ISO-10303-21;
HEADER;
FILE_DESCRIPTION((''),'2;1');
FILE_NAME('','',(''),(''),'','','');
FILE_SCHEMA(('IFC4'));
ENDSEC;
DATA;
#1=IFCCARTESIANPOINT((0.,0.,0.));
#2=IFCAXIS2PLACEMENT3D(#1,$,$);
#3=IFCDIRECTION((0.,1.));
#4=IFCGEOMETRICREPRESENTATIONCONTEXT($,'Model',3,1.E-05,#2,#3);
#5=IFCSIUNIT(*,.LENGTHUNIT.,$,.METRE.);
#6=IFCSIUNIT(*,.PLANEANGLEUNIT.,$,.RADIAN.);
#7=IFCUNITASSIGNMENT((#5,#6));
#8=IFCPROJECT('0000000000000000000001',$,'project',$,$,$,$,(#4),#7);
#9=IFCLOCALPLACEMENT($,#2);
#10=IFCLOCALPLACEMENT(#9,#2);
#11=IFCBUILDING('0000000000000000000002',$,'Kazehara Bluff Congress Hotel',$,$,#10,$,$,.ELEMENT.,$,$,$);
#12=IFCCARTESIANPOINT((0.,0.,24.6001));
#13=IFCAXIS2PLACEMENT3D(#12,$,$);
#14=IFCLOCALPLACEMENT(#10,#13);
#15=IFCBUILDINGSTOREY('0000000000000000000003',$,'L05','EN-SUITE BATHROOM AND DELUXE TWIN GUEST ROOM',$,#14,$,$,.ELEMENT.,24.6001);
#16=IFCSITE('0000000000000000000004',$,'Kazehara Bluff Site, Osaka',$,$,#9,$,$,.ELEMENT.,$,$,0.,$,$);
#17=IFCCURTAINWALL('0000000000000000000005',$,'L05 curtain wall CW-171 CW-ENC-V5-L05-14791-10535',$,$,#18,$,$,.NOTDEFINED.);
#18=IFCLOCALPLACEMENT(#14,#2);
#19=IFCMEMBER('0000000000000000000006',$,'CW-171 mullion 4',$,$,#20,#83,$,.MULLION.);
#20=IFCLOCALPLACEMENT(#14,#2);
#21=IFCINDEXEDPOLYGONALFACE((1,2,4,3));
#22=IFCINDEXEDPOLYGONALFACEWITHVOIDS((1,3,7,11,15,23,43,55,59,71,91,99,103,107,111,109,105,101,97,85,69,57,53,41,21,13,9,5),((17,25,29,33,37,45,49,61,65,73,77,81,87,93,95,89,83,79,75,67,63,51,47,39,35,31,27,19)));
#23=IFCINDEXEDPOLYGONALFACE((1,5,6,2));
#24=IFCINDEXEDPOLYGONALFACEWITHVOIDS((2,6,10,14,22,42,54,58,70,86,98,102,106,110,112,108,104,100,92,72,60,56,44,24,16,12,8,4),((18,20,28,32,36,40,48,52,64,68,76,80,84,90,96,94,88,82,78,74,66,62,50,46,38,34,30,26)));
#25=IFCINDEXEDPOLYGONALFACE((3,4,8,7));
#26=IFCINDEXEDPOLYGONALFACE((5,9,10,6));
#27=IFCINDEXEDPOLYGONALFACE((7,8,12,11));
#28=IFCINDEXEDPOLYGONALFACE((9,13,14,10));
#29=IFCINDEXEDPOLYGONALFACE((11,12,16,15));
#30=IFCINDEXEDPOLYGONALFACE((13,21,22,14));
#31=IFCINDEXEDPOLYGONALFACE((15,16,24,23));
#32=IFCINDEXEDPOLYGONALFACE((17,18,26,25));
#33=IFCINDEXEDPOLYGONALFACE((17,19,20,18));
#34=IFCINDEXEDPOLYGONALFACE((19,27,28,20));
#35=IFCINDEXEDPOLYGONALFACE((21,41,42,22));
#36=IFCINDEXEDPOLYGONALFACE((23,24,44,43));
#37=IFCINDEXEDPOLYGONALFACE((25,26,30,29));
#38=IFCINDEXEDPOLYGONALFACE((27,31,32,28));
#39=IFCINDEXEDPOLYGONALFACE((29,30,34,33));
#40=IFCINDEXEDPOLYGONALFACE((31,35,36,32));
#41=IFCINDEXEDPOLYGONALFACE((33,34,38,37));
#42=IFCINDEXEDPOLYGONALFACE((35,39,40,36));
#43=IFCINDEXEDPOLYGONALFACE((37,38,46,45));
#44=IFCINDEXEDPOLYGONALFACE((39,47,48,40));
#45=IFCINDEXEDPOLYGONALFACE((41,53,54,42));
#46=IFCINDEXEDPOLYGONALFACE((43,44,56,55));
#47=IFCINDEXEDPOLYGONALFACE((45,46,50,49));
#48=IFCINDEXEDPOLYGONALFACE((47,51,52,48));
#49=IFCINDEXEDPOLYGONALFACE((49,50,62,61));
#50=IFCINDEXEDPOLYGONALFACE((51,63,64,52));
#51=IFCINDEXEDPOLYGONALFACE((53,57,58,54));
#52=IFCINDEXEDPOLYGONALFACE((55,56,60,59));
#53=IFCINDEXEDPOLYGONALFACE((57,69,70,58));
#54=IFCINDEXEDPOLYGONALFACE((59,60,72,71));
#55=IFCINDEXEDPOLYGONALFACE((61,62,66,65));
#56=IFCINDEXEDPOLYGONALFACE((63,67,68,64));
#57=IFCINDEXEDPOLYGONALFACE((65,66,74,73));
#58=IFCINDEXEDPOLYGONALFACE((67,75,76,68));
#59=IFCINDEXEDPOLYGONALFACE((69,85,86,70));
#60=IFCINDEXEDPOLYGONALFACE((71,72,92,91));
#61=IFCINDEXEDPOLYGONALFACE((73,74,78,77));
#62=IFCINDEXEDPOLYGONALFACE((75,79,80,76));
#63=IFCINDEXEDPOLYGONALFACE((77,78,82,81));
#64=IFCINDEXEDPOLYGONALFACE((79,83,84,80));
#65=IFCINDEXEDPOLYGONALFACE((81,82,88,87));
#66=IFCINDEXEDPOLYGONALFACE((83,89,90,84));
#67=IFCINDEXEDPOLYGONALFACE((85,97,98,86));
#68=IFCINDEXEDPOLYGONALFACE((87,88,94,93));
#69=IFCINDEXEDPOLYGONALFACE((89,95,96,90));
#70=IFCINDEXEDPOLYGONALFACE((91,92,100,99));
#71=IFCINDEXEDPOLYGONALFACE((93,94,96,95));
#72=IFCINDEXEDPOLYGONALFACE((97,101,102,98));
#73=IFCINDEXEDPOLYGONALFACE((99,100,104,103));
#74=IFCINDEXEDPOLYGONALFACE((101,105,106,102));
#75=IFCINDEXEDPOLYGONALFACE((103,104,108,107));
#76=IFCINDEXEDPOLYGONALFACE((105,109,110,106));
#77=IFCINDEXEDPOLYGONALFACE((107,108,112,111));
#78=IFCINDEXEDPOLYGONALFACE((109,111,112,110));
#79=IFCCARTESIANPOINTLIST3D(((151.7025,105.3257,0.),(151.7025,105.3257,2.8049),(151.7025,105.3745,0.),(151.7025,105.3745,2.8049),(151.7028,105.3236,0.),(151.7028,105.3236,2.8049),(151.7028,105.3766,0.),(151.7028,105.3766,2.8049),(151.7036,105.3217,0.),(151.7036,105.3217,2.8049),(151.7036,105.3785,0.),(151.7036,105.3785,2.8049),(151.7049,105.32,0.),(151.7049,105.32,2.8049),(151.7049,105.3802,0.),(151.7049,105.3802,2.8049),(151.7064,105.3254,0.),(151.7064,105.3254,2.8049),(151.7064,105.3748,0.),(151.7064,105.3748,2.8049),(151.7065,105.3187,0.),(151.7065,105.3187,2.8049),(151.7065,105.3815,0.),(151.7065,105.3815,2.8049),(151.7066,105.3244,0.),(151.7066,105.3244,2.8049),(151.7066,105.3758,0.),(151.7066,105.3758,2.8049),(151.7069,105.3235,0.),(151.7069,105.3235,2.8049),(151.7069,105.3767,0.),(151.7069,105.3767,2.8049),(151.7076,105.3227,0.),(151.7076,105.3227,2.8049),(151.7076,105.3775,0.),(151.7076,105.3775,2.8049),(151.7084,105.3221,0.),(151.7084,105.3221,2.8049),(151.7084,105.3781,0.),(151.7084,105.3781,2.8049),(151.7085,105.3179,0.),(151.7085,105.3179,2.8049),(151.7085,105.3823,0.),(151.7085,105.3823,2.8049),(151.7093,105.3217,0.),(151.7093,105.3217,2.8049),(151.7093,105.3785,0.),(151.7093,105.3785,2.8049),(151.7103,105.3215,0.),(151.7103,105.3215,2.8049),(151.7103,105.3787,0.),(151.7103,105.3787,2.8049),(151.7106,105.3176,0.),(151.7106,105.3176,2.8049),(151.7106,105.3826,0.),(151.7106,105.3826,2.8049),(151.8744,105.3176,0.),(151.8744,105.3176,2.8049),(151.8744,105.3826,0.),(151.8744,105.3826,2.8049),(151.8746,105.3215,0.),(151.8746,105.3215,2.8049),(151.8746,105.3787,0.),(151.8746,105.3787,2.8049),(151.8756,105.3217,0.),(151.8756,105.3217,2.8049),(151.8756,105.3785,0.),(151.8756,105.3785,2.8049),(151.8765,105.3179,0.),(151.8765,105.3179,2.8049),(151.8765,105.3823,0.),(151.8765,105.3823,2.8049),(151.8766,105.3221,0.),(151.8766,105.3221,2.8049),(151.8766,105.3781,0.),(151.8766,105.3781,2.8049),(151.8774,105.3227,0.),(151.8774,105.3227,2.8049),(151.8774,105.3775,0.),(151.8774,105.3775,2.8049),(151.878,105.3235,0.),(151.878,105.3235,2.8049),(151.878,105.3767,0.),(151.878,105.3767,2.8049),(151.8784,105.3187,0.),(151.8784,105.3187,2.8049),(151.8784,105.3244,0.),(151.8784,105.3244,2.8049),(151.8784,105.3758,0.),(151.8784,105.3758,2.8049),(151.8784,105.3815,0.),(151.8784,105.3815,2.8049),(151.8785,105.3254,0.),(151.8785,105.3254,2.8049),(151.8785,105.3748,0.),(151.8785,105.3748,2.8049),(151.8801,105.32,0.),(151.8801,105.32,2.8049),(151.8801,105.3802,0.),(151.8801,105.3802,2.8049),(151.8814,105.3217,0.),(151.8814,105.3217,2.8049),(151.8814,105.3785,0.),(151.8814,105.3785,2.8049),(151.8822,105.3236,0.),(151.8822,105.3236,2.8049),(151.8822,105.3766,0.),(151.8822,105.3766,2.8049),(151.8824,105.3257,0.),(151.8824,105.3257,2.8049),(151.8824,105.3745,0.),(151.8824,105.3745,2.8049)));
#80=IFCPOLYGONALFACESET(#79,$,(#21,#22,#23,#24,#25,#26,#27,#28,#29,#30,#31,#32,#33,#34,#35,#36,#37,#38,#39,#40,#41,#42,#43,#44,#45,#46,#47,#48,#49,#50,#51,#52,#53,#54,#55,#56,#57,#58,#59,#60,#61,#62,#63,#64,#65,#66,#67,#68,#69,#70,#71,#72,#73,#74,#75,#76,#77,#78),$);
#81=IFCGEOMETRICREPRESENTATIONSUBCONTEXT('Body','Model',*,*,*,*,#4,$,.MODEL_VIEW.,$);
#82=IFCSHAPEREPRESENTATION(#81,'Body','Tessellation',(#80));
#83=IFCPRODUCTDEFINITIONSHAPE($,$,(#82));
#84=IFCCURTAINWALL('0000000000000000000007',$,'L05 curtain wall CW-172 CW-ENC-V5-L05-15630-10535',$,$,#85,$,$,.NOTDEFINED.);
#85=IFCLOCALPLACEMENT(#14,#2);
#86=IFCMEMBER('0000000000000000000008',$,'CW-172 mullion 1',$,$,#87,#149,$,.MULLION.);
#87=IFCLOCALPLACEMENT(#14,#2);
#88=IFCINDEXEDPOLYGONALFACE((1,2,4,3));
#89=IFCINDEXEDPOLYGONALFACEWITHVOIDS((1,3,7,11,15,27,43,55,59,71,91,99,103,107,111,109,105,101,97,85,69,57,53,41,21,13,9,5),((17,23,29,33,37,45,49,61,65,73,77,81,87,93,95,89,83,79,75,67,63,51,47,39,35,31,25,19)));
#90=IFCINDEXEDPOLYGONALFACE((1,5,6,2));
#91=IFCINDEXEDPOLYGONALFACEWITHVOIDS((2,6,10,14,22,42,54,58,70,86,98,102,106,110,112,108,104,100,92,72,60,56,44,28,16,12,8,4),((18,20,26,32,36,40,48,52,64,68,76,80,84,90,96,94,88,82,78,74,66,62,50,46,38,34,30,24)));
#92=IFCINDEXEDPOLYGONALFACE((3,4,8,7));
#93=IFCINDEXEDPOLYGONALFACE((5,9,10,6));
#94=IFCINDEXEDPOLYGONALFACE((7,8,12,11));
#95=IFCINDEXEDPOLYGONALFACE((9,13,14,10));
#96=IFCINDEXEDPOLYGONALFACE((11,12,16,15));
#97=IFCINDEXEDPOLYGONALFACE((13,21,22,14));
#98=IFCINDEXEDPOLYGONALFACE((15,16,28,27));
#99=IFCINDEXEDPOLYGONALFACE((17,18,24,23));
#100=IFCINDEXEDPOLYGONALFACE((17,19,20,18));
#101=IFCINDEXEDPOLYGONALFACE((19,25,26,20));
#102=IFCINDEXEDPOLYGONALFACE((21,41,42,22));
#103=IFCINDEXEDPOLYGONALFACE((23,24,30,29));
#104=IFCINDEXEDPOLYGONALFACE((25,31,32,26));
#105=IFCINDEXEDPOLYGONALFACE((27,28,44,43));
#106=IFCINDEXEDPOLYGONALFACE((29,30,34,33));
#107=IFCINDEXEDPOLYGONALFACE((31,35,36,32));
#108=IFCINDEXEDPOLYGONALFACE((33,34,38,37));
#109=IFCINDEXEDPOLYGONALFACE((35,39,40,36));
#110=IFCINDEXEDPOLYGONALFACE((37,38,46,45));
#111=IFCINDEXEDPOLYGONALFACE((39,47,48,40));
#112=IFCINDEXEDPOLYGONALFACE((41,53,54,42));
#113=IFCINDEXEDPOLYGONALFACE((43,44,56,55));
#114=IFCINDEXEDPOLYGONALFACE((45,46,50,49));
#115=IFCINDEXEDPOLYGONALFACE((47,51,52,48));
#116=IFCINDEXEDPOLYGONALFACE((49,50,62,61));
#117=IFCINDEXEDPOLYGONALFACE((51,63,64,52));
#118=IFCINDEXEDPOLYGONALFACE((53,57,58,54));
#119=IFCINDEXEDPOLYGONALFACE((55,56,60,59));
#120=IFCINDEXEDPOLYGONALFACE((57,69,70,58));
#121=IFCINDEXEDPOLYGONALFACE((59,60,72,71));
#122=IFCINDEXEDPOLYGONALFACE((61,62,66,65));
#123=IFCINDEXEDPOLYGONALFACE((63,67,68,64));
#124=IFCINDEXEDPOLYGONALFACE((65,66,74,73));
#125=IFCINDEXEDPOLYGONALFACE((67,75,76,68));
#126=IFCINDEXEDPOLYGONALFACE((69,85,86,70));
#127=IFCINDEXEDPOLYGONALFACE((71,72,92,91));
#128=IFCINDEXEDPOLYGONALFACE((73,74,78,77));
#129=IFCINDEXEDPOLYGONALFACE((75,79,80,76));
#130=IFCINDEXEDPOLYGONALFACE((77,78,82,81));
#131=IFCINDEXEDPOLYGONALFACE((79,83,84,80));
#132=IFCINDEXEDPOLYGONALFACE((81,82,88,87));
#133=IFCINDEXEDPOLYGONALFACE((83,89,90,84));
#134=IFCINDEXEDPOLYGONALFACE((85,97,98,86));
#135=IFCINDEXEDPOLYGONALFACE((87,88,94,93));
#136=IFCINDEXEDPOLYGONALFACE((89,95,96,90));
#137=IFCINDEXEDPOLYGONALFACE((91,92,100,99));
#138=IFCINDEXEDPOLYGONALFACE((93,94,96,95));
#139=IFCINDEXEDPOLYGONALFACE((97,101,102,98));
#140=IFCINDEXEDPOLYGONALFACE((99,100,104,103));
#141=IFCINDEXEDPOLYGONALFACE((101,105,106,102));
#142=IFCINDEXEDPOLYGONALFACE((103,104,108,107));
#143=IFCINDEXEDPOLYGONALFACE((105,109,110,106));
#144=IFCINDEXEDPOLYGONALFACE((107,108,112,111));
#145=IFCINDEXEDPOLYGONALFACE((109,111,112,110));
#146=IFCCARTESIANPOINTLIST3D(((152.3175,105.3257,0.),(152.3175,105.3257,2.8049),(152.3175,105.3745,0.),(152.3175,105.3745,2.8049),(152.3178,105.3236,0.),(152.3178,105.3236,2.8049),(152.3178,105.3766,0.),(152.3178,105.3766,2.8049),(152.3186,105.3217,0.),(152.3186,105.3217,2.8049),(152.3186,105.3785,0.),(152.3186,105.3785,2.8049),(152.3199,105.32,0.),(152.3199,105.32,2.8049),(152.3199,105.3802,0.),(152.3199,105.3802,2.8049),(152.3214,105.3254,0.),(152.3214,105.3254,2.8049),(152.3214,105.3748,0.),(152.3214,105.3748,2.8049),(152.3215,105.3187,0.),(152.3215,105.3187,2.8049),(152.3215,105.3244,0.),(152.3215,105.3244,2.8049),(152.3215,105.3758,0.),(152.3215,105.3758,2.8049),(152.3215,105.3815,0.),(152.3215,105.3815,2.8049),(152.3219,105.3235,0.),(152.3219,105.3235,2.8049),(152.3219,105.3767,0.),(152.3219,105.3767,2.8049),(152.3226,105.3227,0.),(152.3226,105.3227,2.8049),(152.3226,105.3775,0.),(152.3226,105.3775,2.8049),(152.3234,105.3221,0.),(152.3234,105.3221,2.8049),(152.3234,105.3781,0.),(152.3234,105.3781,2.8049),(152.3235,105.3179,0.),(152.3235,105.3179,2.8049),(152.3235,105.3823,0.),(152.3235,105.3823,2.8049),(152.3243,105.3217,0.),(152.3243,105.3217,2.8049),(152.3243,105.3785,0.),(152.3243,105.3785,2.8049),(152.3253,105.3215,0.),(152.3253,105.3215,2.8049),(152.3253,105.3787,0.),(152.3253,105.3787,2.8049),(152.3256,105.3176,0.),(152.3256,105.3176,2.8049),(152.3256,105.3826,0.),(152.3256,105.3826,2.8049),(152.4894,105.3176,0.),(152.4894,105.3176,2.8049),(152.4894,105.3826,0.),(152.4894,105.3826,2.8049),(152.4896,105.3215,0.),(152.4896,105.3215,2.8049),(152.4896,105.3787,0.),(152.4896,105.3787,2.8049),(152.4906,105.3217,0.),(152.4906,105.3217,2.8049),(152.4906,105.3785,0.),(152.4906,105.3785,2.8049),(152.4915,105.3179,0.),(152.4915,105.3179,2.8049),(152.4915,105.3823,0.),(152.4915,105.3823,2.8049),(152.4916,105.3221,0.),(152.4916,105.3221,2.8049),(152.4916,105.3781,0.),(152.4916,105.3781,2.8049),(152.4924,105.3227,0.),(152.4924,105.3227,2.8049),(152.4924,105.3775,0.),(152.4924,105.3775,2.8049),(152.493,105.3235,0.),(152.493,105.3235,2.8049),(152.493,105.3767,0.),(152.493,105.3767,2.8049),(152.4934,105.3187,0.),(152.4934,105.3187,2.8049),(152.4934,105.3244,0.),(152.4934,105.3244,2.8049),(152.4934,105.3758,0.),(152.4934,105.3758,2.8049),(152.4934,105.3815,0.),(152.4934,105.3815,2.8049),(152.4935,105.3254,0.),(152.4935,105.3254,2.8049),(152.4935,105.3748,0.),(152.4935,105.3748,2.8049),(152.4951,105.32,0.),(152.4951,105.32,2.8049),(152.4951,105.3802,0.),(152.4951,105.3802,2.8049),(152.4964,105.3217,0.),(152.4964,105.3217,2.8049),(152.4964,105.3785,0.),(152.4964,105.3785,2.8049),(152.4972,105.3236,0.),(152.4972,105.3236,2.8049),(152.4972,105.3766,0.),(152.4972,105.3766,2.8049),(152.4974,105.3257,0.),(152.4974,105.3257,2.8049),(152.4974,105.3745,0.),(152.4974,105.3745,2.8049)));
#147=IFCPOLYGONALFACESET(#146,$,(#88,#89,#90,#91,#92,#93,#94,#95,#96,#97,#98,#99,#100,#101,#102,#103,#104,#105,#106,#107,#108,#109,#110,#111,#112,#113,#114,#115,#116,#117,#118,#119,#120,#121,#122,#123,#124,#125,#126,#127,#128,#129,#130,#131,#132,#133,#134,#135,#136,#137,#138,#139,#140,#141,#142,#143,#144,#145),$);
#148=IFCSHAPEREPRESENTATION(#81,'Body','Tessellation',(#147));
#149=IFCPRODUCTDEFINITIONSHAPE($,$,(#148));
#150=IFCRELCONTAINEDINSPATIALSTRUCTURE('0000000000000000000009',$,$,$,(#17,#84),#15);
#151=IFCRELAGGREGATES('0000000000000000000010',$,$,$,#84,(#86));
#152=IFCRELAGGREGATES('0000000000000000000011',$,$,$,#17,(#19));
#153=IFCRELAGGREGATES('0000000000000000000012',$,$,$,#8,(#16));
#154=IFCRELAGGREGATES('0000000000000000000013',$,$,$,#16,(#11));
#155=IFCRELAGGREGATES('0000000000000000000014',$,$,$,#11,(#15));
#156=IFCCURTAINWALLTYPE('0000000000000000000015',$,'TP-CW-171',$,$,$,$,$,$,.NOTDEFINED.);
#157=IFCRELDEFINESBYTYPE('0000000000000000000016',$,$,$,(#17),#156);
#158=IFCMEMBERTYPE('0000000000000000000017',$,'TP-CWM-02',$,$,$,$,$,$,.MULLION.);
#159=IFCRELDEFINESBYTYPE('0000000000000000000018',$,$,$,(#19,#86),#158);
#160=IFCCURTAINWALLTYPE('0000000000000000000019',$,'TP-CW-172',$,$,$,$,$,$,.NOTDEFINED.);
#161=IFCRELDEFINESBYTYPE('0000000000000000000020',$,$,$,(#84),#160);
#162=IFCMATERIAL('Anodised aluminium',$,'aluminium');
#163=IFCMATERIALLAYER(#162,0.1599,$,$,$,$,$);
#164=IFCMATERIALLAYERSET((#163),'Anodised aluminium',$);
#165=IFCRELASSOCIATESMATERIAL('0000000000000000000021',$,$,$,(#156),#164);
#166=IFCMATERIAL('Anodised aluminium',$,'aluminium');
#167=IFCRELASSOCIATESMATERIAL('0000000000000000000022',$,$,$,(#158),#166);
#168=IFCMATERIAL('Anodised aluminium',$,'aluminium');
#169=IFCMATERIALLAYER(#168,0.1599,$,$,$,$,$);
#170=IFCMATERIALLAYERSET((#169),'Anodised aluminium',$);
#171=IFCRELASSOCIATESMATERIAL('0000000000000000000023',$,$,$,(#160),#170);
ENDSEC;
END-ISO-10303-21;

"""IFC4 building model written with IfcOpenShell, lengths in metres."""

from ifc_helpers import new_model, si_unit, direction, frame, origin, origin_2d, place, context, subcontext, project, spatial, hollow_rectangle, extrude, material, layer, layer_set, material_profile, profile_set, type_object, element, aggregate, save


model = new_model("IFC4")

# Units and contexts
model_context = context("Model", 3, precision=1e-05, world=origin(), true_north=direction((0.0, 1.0)))
body_context = subcontext(model_context, "Body", "Model", "MODEL_VIEW")
ifc_project = project(units=[si_unit("LENGTHUNIT", "METRE"), si_unit("PLANEANGLEUNIT", "RADIAN")], contexts=[model_context])

# Site, building, storey
site_placement = place(None, origin())
site = spatial("IfcSite", under=ifc_project, at=site_placement, Name="Kazehara Bluff Site, Osaka", CompositionType="ELEMENT", RefElevation=0.0)
building_placement = place(site_placement, origin())
building = spatial("IfcBuilding", under=site, at=building_placement, Name="Kazehara Bluff Congress Hotel", CompositionType="ELEMENT")
storey_placement = place(building_placement, frame((0.0, 0.0, 24.6001)))
storey = spatial("IfcBuildingStorey", under=building, at=storey_placement, Name="L05", Description="EN-SUITE BATHROOM AND DELUXE TWIN GUEST ROOM", CompositionType="ELEMENT", Elevation=24.6001)

# Curtain wall, member
ifc_material_1 = material(Name="Anodised aluminium", Category="aluminium")
ifc_layer_1 = layer(ifc_material_1, 0.1599)
ifc_layer_set_1 = layer_set([ifc_layer_1], Name="Anodised aluminium")
curtain_wall_type_1 = type_object("IfcCurtainWallType", Name="TP-CW-171", PredefinedType="NOTDEFINED", material=ifc_layer_set_1)
curtain_wall_1_placement = place(storey_placement, origin())
curtain_wall_1 = element("IfcCurtainWall", 1, at=curtain_wall_1_placement, inside=storey, type_object=curtain_wall_type_1, Name="L05 curtain wall CW-171 CW-ENC-V5-L05-14791-10535", PredefinedType="NOTDEFINED")
ifc_material_2 = material(Name="Anodised aluminium", Category="aluminium")
ifc_material_profile_1 = material_profile(ifc_material_2, hollow_rectangle(XDim=0.0649, YDim=0.1799, WallThickness=0.0039, InnerFilletRadius=0.0039, OuterFilletRadius=0.0081, at=origin_2d()))
ifc_profile_set_1 = profile_set([ifc_material_profile_1], Name="Anodised aluminium")
member_type_1 = type_object("IfcMemberType", Name="TP-CWM-02", PredefinedType="MULLION", material=ifc_profile_set_1)
member_1_placement = place(storey_placement, frame((151.7925, 105.3501, 0.0), z_axis=(0.0, 0.0, 1.0), x_axis=(0.0, 1.0, 0.0)))
member_1 = element("IfcMember", 2, at=member_1_placement, type_object=member_type_1, Name="CW-171 mullion 4", PredefinedType="MULLION", context=body_context, shape_type="SweptSolid", body=[
    extrude(hollow_rectangle(XDim=0.0649, YDim=0.1799, WallThickness=0.0039, InnerFilletRadius=0.0039, OuterFilletRadius=0.0081, at=origin_2d()), origin(), (0.0, 0.0, 1.0), 2.8049),
])

# Curtain wall, member
ifc_material_3 = material(Name="Anodised aluminium", Category="aluminium")
ifc_layer_2 = layer(ifc_material_3, 0.1599)
ifc_layer_set_2 = layer_set([ifc_layer_2], Name="Anodised aluminium")
curtain_wall_type_2 = type_object("IfcCurtainWallType", Name="TP-CW-172", PredefinedType="NOTDEFINED", material=ifc_layer_set_2)
curtain_wall_2_placement = place(storey_placement, origin())
curtain_wall_2 = element("IfcCurtainWall", 3, at=curtain_wall_2_placement, inside=storey, type_object=curtain_wall_type_2, Name="L05 curtain wall CW-172 CW-ENC-V5-L05-15630-10535", PredefinedType="NOTDEFINED")
member_2_placement = place(storey_placement, frame((152.4075, 105.3501, 0.0), z_axis=(0.0, 0.0, 1.0), x_axis=(0.0, 1.0, 0.0)))
member_2 = element("IfcMember", 4, at=member_2_placement, type_object=member_type_1, Name="CW-172 mullion 1", PredefinedType="MULLION", context=body_context, shape_type="SweptSolid", body=[
    extrude(hollow_rectangle(XDim=0.0649, YDim=0.1799, WallThickness=0.0039, InnerFilletRadius=0.0039, OuterFilletRadius=0.0081, at=origin_2d()), origin(), (0.0, 0.0, 1.0), 2.8049),
])

aggregate(curtain_wall_2, [member_2])

aggregate(curtain_wall_1, [member_1])

save(model, "model.ifc")
